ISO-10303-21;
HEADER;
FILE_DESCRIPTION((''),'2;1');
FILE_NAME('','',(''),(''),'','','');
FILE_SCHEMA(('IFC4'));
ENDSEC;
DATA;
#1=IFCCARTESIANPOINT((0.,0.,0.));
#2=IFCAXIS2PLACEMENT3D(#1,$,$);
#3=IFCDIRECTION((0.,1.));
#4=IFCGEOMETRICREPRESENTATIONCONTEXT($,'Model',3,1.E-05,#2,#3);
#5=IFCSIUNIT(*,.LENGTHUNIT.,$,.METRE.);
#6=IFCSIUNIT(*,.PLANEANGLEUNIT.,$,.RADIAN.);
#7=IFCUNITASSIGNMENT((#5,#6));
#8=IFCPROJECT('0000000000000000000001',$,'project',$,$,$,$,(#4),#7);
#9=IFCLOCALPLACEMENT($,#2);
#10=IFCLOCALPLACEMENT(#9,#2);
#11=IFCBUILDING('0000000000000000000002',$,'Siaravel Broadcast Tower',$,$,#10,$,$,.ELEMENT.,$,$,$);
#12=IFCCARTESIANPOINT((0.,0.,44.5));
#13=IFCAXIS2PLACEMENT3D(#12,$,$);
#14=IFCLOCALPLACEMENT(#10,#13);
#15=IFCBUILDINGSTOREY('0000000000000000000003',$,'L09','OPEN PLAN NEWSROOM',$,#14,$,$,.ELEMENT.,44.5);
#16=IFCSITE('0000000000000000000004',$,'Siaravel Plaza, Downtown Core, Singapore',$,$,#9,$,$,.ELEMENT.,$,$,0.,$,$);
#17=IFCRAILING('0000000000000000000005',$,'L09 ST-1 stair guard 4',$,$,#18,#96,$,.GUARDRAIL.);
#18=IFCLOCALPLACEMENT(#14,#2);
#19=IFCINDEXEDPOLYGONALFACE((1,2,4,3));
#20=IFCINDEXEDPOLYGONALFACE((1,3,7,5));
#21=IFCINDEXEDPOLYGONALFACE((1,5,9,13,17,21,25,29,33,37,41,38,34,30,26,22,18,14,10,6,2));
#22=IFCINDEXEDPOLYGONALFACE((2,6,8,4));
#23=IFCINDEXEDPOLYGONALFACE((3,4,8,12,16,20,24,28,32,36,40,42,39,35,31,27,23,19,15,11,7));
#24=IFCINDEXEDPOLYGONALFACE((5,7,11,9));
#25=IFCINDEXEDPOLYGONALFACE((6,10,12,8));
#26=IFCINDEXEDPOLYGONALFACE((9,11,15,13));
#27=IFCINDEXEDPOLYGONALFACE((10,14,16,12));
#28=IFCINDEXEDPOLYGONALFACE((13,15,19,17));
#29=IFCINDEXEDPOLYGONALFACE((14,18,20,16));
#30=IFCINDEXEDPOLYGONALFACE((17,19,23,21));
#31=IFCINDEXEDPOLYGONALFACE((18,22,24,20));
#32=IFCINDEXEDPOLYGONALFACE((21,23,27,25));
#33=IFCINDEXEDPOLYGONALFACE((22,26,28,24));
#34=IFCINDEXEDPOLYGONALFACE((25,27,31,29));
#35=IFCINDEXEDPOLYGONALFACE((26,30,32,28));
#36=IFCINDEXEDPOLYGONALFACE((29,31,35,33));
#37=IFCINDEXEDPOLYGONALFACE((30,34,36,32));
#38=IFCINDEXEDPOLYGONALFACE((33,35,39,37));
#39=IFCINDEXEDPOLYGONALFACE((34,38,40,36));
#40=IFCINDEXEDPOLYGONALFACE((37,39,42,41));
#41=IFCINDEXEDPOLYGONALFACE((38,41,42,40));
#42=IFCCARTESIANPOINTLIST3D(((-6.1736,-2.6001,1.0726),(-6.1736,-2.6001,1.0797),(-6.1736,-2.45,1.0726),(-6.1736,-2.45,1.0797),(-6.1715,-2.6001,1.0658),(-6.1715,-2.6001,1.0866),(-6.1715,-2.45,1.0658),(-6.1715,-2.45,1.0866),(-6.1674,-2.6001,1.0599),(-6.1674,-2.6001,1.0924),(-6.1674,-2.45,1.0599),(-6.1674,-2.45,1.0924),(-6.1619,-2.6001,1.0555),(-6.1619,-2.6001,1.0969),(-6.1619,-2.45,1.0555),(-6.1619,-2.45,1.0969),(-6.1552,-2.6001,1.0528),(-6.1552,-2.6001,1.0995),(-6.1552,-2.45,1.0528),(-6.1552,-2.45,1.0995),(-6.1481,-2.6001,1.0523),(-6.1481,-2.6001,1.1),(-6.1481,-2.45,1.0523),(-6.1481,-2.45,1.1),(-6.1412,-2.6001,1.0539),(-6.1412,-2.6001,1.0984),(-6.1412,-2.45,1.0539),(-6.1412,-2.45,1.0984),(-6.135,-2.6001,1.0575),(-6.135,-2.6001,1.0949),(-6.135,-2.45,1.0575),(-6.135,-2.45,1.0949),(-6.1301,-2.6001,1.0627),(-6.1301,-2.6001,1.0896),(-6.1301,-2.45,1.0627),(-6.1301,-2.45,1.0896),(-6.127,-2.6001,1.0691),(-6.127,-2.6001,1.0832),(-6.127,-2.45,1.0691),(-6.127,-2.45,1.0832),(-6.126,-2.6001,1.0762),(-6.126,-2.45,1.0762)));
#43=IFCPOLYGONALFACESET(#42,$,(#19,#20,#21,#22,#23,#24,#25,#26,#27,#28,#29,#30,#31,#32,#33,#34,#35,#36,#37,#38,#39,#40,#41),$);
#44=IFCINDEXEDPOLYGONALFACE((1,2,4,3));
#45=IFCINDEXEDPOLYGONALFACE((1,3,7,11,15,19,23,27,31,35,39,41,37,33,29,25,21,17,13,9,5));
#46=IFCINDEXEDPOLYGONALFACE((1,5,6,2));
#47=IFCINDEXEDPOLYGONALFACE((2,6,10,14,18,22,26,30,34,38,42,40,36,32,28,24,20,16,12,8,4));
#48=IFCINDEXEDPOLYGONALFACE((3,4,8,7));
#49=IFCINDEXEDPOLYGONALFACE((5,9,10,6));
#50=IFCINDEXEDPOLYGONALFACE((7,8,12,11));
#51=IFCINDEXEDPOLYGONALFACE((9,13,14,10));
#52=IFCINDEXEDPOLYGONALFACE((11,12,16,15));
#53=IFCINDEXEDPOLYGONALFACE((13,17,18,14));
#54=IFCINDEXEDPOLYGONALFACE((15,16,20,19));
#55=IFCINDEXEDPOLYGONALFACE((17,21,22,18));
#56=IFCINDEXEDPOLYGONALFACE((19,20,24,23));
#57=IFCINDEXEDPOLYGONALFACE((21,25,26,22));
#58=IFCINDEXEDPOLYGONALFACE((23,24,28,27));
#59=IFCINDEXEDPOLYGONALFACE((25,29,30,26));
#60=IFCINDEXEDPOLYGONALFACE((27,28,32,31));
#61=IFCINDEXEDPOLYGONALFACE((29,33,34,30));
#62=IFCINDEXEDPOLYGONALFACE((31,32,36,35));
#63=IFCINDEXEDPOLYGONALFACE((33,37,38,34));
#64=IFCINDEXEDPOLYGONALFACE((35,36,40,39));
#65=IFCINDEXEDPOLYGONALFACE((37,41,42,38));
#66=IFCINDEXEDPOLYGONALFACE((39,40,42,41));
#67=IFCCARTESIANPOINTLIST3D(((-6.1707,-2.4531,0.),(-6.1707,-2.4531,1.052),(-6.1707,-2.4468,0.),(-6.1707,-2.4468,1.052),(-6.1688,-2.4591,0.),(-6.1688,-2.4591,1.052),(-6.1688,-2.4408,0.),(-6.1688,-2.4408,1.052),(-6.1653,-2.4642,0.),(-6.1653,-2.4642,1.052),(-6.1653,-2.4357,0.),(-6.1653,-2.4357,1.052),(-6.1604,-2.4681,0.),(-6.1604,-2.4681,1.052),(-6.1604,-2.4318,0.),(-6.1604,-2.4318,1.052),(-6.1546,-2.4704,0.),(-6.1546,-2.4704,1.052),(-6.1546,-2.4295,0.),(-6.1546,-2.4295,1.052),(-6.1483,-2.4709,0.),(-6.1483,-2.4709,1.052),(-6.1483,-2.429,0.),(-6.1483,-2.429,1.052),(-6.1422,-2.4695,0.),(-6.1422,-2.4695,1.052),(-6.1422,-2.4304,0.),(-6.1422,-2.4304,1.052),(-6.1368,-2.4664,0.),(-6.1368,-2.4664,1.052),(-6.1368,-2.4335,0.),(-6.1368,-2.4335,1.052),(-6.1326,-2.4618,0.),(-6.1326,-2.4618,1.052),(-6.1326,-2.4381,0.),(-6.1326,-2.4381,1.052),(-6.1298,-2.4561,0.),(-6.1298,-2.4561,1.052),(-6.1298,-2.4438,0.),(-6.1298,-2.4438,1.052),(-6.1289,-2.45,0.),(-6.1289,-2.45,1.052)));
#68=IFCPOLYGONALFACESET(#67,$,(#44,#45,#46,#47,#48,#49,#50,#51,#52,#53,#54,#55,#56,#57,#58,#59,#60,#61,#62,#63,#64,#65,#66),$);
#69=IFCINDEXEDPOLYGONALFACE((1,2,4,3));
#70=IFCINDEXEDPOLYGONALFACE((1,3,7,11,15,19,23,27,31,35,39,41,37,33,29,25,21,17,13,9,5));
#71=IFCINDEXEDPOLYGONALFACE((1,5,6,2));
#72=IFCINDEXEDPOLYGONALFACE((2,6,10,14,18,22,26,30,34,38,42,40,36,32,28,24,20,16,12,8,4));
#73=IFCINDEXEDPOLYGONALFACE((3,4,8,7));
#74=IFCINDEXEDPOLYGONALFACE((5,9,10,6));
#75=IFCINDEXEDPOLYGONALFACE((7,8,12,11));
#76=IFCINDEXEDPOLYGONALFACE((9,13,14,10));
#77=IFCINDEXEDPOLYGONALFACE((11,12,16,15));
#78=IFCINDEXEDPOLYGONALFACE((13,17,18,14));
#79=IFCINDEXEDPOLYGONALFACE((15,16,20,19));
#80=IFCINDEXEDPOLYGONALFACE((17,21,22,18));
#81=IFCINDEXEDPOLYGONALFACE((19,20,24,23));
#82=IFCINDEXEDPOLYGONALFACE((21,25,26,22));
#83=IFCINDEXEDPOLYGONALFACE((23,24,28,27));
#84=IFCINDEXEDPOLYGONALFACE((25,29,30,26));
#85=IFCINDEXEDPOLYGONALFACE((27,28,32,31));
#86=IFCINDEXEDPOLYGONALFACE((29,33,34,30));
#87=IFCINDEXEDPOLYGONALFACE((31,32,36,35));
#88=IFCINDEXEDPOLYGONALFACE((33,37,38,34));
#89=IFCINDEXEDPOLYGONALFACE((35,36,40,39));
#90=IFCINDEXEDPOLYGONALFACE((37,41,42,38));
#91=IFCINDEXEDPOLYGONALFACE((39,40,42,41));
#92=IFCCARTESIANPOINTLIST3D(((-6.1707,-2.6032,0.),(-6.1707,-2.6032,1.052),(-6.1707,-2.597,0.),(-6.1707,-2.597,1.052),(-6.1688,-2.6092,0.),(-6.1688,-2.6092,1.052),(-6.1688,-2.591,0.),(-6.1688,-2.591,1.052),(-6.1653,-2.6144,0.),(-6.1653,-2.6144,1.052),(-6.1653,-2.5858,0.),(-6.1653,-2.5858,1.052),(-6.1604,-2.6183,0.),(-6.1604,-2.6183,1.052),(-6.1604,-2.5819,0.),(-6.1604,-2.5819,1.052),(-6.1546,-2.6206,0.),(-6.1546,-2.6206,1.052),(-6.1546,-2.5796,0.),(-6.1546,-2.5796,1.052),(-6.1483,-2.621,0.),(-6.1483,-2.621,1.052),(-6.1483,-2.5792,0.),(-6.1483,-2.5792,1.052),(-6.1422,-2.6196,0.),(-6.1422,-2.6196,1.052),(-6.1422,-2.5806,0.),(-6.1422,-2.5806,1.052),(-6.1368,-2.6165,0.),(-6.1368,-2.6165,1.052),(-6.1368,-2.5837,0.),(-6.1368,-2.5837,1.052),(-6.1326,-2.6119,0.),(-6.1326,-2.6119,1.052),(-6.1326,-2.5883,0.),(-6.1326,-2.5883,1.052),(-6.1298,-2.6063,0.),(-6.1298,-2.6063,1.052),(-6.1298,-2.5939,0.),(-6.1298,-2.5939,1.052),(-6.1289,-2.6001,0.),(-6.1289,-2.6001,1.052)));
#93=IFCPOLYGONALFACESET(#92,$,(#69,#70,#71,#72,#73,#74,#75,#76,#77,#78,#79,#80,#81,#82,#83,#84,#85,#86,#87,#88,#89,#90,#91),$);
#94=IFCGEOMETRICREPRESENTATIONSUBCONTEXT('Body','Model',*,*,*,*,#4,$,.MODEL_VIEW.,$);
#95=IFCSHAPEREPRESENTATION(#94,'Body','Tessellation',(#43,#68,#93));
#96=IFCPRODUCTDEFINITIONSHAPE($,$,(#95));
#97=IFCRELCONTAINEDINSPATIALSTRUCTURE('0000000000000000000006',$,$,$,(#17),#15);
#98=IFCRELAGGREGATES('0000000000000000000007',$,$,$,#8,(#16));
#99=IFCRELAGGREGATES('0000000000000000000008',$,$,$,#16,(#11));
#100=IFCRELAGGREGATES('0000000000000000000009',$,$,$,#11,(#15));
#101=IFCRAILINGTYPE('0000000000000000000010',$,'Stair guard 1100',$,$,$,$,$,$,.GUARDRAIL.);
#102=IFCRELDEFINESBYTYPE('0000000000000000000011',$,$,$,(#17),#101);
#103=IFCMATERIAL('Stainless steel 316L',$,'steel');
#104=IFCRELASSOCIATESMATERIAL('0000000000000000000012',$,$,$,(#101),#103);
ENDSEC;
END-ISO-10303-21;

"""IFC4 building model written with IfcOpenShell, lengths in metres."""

from ifc_helpers import new_model, si_unit, direction, frame, origin, origin_2d, place, context, subcontext, project, spatial, circle, extrude, material, type_object, element, save


model = new_model("IFC4")

# Units and contexts
model_context = context("Model", 3, precision=1e-05, world=origin(), true_north=direction((0.0, 1.0)))
body_context = subcontext(model_context, "Body", "Model", "MODEL_VIEW")
ifc_project = project(units=[si_unit("LENGTHUNIT", "METRE"), si_unit("PLANEANGLEUNIT", "RADIAN")], contexts=[model_context])

# Site, building, storey
site_placement = place(None, origin())
site = spatial("IfcSite", under=ifc_project, at=site_placement, Name="Siaravel Plaza, Downtown Core, Singapore", CompositionType="ELEMENT", RefElevation=0.0)
building_placement = place(site_placement, origin())
building = spatial("IfcBuilding", under=site, at=building_placement, Name="Siaravel Broadcast Tower", CompositionType="ELEMENT")
storey_placement = place(building_placement, frame((0.0, 0.0, 44.5)))
storey = spatial("IfcBuildingStorey", under=building, at=storey_placement, Name="L09", Description="OPEN PLAN NEWSROOM", CompositionType="ELEMENT", Elevation=44.5)

# Railing
ifc_material_1 = material(Name="Stainless steel 316L", Category="steel")
railing_type_1 = type_object("IfcRailingType", Name="Stair guard 1100", PredefinedType="GUARDRAIL", material=ifc_material_1)
railing_1_placement = place(storey_placement, frame((-6.1499, -2.45, 0.0)))
element("IfcRailing", 1, at=railing_1_placement, inside=storey, type_object=railing_type_1, Name="L09 ST-1 stair guard 4", PredefinedType="GUARDRAIL", context=body_context, shape_type="SweptSolid", body=[
    extrude(circle(Radius=0.0239, at=origin_2d()), frame((0.0, 0.0, 1.0762), z_axis=(0.0, -1.0, 0.0), x_axis=(1.0, 0.0, 0.0)), (0.0, 0.0, 1.0), 0.1501),
    extrude(circle(Radius=0.021, at=origin_2d()), origin(), (0.0, 0.0, 1.0), 1.052),
    extrude(circle(Radius=0.021, at=origin_2d()), frame((0.0, -0.1501, 0.0)), (0.0, 0.0, 1.0), 1.052),
])

save(model, "model.ifc")
